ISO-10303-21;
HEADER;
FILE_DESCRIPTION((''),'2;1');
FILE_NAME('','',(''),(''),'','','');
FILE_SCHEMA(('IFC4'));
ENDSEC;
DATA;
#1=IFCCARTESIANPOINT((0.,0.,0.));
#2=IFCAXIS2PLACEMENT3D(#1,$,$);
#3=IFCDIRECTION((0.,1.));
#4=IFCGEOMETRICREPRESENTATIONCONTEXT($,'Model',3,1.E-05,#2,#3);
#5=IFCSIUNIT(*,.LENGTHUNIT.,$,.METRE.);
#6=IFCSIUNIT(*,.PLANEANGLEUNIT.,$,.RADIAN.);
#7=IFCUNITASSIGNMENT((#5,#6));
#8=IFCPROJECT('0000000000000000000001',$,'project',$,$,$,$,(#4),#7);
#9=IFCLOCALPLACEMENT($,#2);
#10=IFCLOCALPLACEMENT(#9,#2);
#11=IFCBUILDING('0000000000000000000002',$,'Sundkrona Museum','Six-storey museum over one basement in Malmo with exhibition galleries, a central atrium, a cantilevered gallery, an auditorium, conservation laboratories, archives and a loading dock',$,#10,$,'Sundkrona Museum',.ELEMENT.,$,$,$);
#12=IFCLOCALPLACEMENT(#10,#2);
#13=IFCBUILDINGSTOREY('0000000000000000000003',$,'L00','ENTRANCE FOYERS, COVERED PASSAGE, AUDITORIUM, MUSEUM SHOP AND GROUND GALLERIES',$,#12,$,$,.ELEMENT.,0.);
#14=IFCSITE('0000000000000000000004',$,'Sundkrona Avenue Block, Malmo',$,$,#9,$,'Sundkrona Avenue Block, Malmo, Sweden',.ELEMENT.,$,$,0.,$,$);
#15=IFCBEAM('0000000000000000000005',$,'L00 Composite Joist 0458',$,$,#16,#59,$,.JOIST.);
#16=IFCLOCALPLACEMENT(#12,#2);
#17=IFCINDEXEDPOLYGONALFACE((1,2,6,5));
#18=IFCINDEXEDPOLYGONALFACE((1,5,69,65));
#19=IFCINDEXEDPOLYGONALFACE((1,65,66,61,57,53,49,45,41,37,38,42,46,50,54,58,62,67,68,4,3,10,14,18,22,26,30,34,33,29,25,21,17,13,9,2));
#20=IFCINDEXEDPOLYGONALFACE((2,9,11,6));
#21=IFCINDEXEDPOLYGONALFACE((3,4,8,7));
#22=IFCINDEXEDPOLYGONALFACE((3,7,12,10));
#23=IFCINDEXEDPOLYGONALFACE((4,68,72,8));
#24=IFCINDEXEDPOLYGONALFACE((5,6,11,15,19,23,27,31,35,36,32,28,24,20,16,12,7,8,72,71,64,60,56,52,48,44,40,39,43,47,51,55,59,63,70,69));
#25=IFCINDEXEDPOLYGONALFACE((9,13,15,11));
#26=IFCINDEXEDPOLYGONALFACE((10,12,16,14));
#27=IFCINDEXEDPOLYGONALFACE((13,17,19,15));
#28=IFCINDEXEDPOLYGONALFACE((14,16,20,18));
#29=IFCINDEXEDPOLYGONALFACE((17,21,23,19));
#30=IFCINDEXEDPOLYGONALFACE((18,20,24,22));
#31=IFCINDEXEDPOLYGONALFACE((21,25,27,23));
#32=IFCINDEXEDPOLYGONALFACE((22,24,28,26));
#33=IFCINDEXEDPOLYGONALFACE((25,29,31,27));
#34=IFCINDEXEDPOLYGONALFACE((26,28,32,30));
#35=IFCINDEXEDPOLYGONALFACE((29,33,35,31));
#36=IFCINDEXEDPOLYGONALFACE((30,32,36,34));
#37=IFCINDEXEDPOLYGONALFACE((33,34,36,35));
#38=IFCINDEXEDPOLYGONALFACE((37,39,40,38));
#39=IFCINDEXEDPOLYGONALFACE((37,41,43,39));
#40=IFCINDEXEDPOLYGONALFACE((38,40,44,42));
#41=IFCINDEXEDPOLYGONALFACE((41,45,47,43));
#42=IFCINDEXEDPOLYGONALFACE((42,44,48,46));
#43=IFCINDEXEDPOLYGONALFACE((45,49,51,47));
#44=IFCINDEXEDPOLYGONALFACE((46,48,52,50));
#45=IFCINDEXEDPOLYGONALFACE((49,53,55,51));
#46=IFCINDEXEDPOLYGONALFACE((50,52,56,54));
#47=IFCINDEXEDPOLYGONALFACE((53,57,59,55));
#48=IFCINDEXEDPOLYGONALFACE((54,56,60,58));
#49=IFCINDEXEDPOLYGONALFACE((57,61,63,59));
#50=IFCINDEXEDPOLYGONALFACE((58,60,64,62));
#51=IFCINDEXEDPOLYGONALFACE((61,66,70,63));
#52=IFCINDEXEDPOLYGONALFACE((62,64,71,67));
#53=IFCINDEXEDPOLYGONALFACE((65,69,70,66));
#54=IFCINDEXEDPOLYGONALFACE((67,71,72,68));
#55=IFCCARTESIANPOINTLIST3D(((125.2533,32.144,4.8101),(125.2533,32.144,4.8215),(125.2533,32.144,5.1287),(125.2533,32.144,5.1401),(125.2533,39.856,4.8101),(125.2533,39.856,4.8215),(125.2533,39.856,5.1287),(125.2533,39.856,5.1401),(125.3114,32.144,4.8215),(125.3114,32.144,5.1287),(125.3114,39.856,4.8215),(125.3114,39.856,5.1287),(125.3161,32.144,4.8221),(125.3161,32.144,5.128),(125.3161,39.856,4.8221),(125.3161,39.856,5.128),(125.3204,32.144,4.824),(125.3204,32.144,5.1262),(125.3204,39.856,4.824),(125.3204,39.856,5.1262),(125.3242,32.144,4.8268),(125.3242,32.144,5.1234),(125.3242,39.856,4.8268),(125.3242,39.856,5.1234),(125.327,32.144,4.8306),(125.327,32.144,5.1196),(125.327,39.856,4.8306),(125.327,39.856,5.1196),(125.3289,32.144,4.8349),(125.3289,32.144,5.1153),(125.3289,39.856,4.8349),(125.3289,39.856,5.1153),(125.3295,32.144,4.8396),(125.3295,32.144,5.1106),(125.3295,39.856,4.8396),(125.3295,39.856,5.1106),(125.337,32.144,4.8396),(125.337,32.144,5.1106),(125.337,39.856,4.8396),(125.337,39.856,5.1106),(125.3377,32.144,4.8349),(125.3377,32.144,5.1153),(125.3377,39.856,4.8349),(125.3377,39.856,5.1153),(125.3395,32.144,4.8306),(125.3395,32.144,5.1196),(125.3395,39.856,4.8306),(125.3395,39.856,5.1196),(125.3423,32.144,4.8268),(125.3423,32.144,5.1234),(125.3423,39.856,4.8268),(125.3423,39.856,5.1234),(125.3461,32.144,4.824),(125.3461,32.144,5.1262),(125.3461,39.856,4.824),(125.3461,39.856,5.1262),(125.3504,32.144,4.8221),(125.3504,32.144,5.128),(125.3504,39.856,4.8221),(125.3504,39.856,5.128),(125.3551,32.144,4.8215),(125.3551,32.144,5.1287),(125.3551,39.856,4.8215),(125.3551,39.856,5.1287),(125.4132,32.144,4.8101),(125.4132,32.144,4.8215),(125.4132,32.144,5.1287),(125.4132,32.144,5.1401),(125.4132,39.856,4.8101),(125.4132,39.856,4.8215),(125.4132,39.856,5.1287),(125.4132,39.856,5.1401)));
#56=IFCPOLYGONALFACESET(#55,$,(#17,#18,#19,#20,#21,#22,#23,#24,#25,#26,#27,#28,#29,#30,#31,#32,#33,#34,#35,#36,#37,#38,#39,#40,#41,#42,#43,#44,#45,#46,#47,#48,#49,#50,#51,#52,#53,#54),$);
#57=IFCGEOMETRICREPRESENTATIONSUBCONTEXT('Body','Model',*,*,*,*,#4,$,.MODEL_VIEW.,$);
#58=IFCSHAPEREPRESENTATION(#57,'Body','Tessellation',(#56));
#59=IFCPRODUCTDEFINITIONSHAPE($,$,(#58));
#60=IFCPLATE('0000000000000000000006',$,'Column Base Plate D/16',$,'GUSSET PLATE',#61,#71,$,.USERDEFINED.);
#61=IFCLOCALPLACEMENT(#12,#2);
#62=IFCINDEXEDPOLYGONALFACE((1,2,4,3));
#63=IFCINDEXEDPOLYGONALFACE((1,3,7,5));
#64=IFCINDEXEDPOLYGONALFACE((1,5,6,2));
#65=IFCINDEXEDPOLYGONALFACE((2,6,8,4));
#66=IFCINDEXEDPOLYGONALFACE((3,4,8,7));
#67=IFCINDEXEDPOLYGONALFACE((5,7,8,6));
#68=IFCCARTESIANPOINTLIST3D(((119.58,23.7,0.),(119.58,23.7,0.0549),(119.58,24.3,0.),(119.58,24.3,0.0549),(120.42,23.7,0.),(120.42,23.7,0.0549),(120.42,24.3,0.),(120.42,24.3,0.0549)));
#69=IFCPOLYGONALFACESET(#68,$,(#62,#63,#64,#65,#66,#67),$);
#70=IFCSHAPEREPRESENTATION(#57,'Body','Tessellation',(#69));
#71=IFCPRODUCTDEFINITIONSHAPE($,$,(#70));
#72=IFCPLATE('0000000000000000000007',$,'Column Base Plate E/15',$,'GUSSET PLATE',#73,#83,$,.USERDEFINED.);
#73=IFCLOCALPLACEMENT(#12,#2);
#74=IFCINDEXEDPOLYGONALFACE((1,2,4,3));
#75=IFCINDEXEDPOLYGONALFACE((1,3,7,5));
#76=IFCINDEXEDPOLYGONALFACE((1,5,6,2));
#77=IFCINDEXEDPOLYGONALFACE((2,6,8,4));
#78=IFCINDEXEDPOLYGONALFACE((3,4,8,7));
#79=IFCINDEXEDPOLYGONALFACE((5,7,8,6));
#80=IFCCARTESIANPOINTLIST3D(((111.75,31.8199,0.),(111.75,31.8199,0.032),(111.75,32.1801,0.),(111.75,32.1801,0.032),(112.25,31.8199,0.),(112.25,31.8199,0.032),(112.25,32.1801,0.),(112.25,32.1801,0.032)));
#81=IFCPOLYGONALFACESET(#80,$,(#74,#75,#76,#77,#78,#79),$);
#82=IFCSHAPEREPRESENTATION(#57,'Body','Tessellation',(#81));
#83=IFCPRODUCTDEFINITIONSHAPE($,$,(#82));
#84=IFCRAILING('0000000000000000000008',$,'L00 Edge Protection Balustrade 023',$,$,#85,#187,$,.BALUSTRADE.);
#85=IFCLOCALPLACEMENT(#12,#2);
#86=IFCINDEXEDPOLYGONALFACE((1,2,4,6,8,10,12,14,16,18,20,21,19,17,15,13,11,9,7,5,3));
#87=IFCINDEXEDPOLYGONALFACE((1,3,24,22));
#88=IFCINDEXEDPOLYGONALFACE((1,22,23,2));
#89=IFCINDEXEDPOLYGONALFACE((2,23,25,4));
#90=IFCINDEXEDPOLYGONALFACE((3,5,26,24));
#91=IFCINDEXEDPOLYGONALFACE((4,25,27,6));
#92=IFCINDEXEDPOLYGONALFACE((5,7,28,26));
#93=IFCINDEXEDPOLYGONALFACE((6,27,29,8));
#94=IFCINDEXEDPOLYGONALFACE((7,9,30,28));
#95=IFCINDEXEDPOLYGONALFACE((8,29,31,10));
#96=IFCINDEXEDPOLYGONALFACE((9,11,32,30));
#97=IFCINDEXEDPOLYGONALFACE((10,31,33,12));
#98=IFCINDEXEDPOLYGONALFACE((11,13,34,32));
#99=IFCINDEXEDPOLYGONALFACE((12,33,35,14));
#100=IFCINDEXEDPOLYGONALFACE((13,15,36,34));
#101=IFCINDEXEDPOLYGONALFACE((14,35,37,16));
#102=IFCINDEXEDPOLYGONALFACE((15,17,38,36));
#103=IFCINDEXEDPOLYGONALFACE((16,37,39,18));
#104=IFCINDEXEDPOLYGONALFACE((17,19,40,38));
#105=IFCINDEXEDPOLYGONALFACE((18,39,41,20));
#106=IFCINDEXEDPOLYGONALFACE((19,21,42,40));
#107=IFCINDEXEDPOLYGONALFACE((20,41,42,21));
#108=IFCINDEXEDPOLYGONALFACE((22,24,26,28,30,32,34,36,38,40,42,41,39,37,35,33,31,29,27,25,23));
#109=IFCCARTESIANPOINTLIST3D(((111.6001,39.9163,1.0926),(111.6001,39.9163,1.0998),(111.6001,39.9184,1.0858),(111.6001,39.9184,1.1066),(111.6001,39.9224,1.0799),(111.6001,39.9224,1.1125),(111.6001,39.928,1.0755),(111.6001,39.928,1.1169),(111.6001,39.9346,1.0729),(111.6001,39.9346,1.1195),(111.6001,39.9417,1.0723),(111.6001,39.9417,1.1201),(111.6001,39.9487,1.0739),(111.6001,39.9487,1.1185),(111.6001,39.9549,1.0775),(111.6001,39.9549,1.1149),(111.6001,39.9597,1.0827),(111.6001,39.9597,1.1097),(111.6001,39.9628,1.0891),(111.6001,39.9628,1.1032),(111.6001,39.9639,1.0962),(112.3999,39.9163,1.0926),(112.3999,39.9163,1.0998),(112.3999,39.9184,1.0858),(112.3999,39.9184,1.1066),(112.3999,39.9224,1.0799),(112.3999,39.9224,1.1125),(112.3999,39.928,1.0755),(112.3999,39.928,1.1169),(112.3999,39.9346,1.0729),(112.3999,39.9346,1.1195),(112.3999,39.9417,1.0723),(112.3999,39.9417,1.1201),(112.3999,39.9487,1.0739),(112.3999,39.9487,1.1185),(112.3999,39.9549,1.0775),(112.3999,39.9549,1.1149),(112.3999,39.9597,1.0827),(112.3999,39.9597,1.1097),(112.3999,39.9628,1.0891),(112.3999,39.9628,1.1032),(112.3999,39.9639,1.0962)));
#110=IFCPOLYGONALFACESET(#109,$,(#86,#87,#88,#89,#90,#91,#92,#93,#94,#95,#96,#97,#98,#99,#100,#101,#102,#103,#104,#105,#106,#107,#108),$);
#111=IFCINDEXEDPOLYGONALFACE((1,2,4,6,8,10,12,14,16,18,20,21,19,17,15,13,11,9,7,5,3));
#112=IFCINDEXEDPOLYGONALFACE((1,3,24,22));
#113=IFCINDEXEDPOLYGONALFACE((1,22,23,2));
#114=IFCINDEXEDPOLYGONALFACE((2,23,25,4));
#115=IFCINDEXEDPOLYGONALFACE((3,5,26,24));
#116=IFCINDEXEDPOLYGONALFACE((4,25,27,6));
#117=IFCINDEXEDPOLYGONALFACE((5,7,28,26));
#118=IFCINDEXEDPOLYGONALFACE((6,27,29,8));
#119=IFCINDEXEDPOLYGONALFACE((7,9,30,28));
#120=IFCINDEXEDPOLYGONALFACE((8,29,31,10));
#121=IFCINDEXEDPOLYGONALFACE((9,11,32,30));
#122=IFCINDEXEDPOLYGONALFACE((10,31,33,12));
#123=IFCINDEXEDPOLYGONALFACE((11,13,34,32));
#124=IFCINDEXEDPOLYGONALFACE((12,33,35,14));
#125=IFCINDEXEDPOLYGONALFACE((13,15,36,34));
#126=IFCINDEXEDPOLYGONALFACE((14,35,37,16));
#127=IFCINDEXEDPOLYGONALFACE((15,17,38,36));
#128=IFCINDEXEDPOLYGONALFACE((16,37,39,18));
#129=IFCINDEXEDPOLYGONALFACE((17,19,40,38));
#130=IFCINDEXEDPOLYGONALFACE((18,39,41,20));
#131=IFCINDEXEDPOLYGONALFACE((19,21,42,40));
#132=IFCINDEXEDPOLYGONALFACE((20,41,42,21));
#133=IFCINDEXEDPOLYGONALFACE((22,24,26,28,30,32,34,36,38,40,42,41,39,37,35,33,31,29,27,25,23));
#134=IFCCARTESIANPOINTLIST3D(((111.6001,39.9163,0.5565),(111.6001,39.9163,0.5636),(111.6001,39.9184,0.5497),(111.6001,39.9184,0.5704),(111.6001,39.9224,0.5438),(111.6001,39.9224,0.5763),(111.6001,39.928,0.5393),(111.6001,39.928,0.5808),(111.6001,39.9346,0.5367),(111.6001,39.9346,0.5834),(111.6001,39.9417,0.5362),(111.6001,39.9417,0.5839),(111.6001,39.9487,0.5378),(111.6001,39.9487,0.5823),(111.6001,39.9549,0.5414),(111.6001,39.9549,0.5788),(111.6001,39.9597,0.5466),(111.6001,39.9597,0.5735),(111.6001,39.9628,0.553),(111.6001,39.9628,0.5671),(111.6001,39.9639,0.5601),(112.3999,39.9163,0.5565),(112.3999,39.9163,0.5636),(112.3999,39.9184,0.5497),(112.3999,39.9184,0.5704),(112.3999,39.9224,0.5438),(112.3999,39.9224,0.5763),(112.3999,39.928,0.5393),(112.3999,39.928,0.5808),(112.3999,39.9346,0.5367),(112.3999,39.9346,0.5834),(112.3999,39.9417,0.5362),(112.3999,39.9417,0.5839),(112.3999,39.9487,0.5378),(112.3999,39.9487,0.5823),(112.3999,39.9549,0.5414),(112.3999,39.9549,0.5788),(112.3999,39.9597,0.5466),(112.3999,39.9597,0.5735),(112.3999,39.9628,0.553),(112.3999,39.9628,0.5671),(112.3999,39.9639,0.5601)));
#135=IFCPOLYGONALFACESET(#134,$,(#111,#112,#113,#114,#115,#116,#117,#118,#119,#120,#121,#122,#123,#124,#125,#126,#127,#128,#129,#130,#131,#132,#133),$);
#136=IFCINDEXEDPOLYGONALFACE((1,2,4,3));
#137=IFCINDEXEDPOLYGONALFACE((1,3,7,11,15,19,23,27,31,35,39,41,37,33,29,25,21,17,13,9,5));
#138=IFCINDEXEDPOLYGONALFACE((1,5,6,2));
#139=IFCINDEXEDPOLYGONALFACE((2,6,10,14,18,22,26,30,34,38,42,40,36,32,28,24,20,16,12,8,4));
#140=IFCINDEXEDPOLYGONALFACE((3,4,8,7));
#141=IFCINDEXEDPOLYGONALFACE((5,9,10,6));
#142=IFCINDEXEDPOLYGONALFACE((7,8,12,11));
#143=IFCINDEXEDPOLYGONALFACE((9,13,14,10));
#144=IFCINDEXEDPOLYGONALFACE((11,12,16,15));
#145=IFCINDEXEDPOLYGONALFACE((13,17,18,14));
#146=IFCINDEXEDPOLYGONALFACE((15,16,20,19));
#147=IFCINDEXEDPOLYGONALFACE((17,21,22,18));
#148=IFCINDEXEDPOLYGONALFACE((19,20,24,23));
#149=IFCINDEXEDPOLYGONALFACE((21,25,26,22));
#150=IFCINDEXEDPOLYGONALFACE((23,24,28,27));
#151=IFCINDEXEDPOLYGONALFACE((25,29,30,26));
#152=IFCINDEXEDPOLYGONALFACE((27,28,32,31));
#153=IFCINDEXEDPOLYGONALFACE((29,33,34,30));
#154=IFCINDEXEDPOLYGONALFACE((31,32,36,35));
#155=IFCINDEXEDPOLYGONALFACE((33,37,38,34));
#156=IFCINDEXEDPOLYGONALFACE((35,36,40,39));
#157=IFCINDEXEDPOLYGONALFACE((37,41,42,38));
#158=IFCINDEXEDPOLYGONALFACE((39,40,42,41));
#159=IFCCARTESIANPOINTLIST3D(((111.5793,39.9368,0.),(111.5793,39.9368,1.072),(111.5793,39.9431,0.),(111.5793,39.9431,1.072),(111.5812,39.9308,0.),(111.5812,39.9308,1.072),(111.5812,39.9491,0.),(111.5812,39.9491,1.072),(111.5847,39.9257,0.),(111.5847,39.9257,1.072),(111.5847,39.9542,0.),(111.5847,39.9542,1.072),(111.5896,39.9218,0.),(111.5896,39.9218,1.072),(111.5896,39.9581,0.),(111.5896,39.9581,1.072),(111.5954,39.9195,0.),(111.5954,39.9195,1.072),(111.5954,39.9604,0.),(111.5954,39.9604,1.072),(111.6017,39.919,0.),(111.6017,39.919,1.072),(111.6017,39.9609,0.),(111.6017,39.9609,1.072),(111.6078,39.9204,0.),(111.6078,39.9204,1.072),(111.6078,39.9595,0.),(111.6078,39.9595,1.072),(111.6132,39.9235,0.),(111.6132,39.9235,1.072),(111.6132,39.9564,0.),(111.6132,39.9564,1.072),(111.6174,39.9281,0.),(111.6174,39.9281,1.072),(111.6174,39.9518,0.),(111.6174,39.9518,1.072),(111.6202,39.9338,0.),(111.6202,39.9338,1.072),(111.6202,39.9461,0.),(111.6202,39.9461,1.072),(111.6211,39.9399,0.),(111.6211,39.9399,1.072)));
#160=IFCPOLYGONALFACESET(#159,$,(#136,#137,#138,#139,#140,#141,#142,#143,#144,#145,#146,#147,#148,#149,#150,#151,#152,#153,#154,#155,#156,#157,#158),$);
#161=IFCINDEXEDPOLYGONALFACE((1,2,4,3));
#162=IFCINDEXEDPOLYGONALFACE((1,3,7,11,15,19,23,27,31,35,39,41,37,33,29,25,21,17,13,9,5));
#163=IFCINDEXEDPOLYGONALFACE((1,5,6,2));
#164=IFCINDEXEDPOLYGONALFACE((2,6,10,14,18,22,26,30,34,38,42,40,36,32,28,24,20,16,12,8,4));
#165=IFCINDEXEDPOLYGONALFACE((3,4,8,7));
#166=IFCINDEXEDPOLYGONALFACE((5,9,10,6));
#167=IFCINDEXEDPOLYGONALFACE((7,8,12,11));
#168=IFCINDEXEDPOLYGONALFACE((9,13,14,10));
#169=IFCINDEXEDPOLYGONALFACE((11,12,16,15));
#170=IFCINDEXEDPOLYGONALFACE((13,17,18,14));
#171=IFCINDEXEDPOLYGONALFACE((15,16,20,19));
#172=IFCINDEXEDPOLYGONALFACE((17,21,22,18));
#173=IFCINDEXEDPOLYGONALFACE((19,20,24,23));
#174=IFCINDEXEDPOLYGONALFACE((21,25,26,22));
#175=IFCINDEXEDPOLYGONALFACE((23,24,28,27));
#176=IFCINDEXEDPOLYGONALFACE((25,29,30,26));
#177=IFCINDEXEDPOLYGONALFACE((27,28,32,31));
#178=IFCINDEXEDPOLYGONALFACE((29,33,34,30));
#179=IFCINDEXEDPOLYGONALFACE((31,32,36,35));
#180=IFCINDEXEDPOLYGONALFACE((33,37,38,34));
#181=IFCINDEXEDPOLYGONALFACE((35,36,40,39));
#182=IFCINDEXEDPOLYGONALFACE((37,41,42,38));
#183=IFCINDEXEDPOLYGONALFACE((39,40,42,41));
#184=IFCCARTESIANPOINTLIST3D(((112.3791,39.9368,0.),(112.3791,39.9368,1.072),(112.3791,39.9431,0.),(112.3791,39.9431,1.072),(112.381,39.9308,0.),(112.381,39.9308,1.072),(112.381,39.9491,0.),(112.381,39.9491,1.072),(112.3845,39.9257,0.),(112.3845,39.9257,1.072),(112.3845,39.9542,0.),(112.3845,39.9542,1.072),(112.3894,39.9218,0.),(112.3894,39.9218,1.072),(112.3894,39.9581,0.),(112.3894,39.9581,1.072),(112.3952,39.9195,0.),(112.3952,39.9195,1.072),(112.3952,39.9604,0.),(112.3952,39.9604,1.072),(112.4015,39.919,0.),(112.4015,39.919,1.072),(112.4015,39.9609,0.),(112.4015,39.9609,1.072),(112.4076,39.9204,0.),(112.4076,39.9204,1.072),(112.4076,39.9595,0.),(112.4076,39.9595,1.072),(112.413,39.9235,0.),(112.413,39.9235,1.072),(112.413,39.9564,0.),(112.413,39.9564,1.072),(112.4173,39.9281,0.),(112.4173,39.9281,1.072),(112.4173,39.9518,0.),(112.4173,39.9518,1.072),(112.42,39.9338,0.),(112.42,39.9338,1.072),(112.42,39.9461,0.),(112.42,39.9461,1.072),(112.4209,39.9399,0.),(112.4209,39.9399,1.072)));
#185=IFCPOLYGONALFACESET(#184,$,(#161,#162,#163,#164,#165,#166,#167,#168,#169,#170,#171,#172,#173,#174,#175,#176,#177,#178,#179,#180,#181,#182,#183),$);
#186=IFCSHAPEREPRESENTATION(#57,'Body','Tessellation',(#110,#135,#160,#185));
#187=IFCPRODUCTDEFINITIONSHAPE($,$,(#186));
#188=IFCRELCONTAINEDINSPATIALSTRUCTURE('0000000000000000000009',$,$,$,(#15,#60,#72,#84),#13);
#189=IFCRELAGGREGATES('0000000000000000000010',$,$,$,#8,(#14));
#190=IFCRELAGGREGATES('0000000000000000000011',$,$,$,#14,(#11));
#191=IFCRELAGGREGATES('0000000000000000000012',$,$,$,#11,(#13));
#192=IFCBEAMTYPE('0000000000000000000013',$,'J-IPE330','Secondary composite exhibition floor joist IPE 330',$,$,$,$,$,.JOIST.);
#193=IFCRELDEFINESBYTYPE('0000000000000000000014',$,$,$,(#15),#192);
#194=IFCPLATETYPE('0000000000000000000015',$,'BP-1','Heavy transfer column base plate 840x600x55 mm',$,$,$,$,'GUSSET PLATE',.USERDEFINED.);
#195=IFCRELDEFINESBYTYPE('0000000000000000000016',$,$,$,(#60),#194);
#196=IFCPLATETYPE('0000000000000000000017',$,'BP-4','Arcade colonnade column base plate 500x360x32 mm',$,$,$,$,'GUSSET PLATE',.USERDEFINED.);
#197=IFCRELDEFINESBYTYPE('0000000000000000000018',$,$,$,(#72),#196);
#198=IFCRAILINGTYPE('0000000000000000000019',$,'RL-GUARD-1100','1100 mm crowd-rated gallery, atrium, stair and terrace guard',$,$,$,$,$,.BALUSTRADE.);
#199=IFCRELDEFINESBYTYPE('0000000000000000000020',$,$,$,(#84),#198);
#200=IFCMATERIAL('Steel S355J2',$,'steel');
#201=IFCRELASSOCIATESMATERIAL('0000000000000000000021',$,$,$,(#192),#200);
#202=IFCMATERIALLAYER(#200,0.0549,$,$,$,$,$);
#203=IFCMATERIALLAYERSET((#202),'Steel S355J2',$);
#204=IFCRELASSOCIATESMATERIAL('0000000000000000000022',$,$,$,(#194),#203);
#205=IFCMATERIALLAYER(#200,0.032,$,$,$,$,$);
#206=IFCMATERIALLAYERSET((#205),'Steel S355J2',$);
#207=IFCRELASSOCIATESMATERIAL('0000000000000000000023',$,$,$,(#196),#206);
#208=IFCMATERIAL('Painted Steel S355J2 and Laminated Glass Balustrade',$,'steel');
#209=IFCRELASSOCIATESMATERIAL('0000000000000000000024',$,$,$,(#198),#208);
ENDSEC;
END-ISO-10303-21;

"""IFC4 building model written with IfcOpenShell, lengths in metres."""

from ifc_helpers import new_model, si_unit, direction, frame, origin, origin_2d, place, context, subcontext, project, spatial, rectangle, circle, i_section, extrude, material, layer, layer_set, material_profile, profile_set, type_object, element, save


model = new_model("IFC4")

# Units and contexts
model_context = context("Model", 3, precision=1e-05, world=origin(), true_north=direction((0.0, 1.0)))
body_context = subcontext(model_context, "Body", "Model", "MODEL_VIEW")
ifc_project = project(units=[si_unit("LENGTHUNIT", "METRE"), si_unit("PLANEANGLEUNIT", "RADIAN")], contexts=[model_context])

# Site, building, storey
site_placement = place(None, origin())
site = spatial("IfcSite", under=ifc_project, at=site_placement, Name="Sundkrona Avenue Block, Malmo", LongName="Sundkrona Avenue Block, Malmo, Sweden", CompositionType="ELEMENT", RefElevation=0.0)
building_placement = place(site_placement, origin())
building = spatial("IfcBuilding", under=site, at=building_placement, Name="Sundkrona Museum", Description="Six-storey museum over one basement in Malmo with exhibition galleries, a central atrium, a cantilevered gallery, an auditorium, conservation laboratories, archives and a loading dock", LongName="Sundkrona Museum", CompositionType="ELEMENT")
storey_placement = place(building_placement, origin())
storey = spatial("IfcBuildingStorey", under=building, at=storey_placement, Name="L00", Description="ENTRANCE FOYERS, COVERED PASSAGE, AUDITORIUM, MUSEUM SHOP AND GROUND GALLERIES", CompositionType="ELEMENT", Elevation=0.0)

# Shared definitions
ifc_material_1 = material(Name="Steel S355J2", Category="steel")

# Beam
ifc_material_profile_1 = material_profile(ifc_material_1, i_section(OverallWidth=0.1599, OverallDepth=0.3301, WebThickness=0.0076, FlangeThickness=0.0115, FilletRadius=0.0181, at=origin_2d()), Name="IPE 330")
ifc_profile_set_1 = profile_set([ifc_material_profile_1], Name="Steel S355J2")
beam_type_1 = type_object("IfcBeamType", Name="J-IPE330", Description="Secondary composite exhibition floor joist IPE 330", PredefinedType="JOIST", material=ifc_profile_set_1)
for number, where, z_axis, x_axis, name in (
    (1, (125.3333, 32.144, 4.9751), (0.0, 1.0, 0.0), (-1.0, 0.0, 0.0), "L00 Composite Joist 0458"),
):
    element("IfcBeam", number, at=place(storey_placement, frame(where, z_axis=z_axis, x_axis=x_axis)), inside=storey, type_object=beam_type_1, Name=name, PredefinedType="JOIST", context=body_context, shape_type="SweptSolid", body=[
        extrude(i_section(OverallWidth=0.1599, OverallDepth=0.3301, WebThickness=0.0076, FlangeThickness=0.0115, FilletRadius=0.0181, at=origin_2d()), origin(), (0.0, 0.0, 1.0), 7.7119),
    ])

# Plates
ifc_layer_1 = layer(ifc_material_1, 0.0549)
ifc_layer_set_1 = layer_set([ifc_layer_1], Name="Steel S355J2")
plate_type_1 = type_object("IfcPlateType", Name="BP-1", Description="Heavy transfer column base plate 840x600x55 mm", ElementType="GUSSET PLATE", PredefinedType="USERDEFINED", material=ifc_layer_set_1)
plate_1_placement = place(storey_placement, frame((120.0, 24.0, 0.0), z_axis=(0.0, 0.0, 1.0), x_axis=(1.0, 0.0, 0.0)))
element("IfcPlate", 2, at=plate_1_placement, inside=storey, type_object=plate_type_1, Name="Column Base Plate D/16", ObjectType="GUSSET PLATE", PredefinedType="USERDEFINED", context=body_context, shape_type="SweptSolid", body=[
    extrude(rectangle(XDim=0.8401, YDim=0.6001, at=origin_2d()), origin(), (0.0, 0.0, 1.0), 0.0549),
])
ifc_layer_2 = layer(ifc_material_1, 0.032)
ifc_layer_set_2 = layer_set([ifc_layer_2], Name="Steel S355J2")
plate_type_2 = type_object("IfcPlateType", Name="BP-4", Description="Arcade colonnade column base plate 500x360x32 mm", ElementType="GUSSET PLATE", PredefinedType="USERDEFINED", material=ifc_layer_set_2)
plate_2_placement = place(storey_placement, frame((112.0, 32.0, 0.0), z_axis=(0.0, 0.0, 1.0), x_axis=(1.0, 0.0, 0.0)))
element("IfcPlate", 3, at=plate_2_placement, inside=storey, type_object=plate_type_2, Name="Column Base Plate E/15", ObjectType="GUSSET PLATE", PredefinedType="USERDEFINED", context=body_context, shape_type="SweptSolid", body=[
    extrude(rectangle(XDim=0.5, YDim=0.3601, at=origin_2d()), origin(), (0.0, 0.0, 1.0), 0.032),
])

# Railing
ifc_material_2 = material(Name="Painted Steel S355J2 and Laminated Glass Balustrade", Category="steel")
railing_type = type_object("IfcRailingType", Name="RL-GUARD-1100", Description="1100 mm crowd-rated gallery, atrium, stair and terrace guard", PredefinedType="BALUSTRADE", material=ifc_material_2)
railing_1_placement = place(storey_placement, frame((111.6001, 39.9399, 0.0)))
element("IfcRailing", 4, at=railing_1_placement, inside=storey, type_object=railing_type, Name="L00 Edge Protection Balustrade 023", PredefinedType="BALUSTRADE", context=body_context, shape_type="SweptSolid", body=[
    extrude(circle(Radius=0.0239, at=origin_2d()), frame((0.0, 0.0, 1.0962), z_axis=(1.0, 0.0, 0.0), x_axis=(0.0, 1.0, 0.0)), (0.0, 0.0, 1.0), 0.7998),
    extrude(circle(Radius=0.0239, at=origin_2d()), frame((0.0, 0.0, 0.5601), z_axis=(1.0, 0.0, 0.0), x_axis=(0.0, 1.0, 0.0)), (0.0, 0.0, 1.0), 0.7998),
    extrude(circle(Radius=0.021, at=origin_2d()), origin(), (0.0, 0.0, 1.0), 1.072),
    extrude(circle(Radius=0.021, at=origin_2d()), frame((0.7998, 0.0, 0.0)), (0.0, 0.0, 1.0), 1.072),
])

save(model, "model.ifc")
